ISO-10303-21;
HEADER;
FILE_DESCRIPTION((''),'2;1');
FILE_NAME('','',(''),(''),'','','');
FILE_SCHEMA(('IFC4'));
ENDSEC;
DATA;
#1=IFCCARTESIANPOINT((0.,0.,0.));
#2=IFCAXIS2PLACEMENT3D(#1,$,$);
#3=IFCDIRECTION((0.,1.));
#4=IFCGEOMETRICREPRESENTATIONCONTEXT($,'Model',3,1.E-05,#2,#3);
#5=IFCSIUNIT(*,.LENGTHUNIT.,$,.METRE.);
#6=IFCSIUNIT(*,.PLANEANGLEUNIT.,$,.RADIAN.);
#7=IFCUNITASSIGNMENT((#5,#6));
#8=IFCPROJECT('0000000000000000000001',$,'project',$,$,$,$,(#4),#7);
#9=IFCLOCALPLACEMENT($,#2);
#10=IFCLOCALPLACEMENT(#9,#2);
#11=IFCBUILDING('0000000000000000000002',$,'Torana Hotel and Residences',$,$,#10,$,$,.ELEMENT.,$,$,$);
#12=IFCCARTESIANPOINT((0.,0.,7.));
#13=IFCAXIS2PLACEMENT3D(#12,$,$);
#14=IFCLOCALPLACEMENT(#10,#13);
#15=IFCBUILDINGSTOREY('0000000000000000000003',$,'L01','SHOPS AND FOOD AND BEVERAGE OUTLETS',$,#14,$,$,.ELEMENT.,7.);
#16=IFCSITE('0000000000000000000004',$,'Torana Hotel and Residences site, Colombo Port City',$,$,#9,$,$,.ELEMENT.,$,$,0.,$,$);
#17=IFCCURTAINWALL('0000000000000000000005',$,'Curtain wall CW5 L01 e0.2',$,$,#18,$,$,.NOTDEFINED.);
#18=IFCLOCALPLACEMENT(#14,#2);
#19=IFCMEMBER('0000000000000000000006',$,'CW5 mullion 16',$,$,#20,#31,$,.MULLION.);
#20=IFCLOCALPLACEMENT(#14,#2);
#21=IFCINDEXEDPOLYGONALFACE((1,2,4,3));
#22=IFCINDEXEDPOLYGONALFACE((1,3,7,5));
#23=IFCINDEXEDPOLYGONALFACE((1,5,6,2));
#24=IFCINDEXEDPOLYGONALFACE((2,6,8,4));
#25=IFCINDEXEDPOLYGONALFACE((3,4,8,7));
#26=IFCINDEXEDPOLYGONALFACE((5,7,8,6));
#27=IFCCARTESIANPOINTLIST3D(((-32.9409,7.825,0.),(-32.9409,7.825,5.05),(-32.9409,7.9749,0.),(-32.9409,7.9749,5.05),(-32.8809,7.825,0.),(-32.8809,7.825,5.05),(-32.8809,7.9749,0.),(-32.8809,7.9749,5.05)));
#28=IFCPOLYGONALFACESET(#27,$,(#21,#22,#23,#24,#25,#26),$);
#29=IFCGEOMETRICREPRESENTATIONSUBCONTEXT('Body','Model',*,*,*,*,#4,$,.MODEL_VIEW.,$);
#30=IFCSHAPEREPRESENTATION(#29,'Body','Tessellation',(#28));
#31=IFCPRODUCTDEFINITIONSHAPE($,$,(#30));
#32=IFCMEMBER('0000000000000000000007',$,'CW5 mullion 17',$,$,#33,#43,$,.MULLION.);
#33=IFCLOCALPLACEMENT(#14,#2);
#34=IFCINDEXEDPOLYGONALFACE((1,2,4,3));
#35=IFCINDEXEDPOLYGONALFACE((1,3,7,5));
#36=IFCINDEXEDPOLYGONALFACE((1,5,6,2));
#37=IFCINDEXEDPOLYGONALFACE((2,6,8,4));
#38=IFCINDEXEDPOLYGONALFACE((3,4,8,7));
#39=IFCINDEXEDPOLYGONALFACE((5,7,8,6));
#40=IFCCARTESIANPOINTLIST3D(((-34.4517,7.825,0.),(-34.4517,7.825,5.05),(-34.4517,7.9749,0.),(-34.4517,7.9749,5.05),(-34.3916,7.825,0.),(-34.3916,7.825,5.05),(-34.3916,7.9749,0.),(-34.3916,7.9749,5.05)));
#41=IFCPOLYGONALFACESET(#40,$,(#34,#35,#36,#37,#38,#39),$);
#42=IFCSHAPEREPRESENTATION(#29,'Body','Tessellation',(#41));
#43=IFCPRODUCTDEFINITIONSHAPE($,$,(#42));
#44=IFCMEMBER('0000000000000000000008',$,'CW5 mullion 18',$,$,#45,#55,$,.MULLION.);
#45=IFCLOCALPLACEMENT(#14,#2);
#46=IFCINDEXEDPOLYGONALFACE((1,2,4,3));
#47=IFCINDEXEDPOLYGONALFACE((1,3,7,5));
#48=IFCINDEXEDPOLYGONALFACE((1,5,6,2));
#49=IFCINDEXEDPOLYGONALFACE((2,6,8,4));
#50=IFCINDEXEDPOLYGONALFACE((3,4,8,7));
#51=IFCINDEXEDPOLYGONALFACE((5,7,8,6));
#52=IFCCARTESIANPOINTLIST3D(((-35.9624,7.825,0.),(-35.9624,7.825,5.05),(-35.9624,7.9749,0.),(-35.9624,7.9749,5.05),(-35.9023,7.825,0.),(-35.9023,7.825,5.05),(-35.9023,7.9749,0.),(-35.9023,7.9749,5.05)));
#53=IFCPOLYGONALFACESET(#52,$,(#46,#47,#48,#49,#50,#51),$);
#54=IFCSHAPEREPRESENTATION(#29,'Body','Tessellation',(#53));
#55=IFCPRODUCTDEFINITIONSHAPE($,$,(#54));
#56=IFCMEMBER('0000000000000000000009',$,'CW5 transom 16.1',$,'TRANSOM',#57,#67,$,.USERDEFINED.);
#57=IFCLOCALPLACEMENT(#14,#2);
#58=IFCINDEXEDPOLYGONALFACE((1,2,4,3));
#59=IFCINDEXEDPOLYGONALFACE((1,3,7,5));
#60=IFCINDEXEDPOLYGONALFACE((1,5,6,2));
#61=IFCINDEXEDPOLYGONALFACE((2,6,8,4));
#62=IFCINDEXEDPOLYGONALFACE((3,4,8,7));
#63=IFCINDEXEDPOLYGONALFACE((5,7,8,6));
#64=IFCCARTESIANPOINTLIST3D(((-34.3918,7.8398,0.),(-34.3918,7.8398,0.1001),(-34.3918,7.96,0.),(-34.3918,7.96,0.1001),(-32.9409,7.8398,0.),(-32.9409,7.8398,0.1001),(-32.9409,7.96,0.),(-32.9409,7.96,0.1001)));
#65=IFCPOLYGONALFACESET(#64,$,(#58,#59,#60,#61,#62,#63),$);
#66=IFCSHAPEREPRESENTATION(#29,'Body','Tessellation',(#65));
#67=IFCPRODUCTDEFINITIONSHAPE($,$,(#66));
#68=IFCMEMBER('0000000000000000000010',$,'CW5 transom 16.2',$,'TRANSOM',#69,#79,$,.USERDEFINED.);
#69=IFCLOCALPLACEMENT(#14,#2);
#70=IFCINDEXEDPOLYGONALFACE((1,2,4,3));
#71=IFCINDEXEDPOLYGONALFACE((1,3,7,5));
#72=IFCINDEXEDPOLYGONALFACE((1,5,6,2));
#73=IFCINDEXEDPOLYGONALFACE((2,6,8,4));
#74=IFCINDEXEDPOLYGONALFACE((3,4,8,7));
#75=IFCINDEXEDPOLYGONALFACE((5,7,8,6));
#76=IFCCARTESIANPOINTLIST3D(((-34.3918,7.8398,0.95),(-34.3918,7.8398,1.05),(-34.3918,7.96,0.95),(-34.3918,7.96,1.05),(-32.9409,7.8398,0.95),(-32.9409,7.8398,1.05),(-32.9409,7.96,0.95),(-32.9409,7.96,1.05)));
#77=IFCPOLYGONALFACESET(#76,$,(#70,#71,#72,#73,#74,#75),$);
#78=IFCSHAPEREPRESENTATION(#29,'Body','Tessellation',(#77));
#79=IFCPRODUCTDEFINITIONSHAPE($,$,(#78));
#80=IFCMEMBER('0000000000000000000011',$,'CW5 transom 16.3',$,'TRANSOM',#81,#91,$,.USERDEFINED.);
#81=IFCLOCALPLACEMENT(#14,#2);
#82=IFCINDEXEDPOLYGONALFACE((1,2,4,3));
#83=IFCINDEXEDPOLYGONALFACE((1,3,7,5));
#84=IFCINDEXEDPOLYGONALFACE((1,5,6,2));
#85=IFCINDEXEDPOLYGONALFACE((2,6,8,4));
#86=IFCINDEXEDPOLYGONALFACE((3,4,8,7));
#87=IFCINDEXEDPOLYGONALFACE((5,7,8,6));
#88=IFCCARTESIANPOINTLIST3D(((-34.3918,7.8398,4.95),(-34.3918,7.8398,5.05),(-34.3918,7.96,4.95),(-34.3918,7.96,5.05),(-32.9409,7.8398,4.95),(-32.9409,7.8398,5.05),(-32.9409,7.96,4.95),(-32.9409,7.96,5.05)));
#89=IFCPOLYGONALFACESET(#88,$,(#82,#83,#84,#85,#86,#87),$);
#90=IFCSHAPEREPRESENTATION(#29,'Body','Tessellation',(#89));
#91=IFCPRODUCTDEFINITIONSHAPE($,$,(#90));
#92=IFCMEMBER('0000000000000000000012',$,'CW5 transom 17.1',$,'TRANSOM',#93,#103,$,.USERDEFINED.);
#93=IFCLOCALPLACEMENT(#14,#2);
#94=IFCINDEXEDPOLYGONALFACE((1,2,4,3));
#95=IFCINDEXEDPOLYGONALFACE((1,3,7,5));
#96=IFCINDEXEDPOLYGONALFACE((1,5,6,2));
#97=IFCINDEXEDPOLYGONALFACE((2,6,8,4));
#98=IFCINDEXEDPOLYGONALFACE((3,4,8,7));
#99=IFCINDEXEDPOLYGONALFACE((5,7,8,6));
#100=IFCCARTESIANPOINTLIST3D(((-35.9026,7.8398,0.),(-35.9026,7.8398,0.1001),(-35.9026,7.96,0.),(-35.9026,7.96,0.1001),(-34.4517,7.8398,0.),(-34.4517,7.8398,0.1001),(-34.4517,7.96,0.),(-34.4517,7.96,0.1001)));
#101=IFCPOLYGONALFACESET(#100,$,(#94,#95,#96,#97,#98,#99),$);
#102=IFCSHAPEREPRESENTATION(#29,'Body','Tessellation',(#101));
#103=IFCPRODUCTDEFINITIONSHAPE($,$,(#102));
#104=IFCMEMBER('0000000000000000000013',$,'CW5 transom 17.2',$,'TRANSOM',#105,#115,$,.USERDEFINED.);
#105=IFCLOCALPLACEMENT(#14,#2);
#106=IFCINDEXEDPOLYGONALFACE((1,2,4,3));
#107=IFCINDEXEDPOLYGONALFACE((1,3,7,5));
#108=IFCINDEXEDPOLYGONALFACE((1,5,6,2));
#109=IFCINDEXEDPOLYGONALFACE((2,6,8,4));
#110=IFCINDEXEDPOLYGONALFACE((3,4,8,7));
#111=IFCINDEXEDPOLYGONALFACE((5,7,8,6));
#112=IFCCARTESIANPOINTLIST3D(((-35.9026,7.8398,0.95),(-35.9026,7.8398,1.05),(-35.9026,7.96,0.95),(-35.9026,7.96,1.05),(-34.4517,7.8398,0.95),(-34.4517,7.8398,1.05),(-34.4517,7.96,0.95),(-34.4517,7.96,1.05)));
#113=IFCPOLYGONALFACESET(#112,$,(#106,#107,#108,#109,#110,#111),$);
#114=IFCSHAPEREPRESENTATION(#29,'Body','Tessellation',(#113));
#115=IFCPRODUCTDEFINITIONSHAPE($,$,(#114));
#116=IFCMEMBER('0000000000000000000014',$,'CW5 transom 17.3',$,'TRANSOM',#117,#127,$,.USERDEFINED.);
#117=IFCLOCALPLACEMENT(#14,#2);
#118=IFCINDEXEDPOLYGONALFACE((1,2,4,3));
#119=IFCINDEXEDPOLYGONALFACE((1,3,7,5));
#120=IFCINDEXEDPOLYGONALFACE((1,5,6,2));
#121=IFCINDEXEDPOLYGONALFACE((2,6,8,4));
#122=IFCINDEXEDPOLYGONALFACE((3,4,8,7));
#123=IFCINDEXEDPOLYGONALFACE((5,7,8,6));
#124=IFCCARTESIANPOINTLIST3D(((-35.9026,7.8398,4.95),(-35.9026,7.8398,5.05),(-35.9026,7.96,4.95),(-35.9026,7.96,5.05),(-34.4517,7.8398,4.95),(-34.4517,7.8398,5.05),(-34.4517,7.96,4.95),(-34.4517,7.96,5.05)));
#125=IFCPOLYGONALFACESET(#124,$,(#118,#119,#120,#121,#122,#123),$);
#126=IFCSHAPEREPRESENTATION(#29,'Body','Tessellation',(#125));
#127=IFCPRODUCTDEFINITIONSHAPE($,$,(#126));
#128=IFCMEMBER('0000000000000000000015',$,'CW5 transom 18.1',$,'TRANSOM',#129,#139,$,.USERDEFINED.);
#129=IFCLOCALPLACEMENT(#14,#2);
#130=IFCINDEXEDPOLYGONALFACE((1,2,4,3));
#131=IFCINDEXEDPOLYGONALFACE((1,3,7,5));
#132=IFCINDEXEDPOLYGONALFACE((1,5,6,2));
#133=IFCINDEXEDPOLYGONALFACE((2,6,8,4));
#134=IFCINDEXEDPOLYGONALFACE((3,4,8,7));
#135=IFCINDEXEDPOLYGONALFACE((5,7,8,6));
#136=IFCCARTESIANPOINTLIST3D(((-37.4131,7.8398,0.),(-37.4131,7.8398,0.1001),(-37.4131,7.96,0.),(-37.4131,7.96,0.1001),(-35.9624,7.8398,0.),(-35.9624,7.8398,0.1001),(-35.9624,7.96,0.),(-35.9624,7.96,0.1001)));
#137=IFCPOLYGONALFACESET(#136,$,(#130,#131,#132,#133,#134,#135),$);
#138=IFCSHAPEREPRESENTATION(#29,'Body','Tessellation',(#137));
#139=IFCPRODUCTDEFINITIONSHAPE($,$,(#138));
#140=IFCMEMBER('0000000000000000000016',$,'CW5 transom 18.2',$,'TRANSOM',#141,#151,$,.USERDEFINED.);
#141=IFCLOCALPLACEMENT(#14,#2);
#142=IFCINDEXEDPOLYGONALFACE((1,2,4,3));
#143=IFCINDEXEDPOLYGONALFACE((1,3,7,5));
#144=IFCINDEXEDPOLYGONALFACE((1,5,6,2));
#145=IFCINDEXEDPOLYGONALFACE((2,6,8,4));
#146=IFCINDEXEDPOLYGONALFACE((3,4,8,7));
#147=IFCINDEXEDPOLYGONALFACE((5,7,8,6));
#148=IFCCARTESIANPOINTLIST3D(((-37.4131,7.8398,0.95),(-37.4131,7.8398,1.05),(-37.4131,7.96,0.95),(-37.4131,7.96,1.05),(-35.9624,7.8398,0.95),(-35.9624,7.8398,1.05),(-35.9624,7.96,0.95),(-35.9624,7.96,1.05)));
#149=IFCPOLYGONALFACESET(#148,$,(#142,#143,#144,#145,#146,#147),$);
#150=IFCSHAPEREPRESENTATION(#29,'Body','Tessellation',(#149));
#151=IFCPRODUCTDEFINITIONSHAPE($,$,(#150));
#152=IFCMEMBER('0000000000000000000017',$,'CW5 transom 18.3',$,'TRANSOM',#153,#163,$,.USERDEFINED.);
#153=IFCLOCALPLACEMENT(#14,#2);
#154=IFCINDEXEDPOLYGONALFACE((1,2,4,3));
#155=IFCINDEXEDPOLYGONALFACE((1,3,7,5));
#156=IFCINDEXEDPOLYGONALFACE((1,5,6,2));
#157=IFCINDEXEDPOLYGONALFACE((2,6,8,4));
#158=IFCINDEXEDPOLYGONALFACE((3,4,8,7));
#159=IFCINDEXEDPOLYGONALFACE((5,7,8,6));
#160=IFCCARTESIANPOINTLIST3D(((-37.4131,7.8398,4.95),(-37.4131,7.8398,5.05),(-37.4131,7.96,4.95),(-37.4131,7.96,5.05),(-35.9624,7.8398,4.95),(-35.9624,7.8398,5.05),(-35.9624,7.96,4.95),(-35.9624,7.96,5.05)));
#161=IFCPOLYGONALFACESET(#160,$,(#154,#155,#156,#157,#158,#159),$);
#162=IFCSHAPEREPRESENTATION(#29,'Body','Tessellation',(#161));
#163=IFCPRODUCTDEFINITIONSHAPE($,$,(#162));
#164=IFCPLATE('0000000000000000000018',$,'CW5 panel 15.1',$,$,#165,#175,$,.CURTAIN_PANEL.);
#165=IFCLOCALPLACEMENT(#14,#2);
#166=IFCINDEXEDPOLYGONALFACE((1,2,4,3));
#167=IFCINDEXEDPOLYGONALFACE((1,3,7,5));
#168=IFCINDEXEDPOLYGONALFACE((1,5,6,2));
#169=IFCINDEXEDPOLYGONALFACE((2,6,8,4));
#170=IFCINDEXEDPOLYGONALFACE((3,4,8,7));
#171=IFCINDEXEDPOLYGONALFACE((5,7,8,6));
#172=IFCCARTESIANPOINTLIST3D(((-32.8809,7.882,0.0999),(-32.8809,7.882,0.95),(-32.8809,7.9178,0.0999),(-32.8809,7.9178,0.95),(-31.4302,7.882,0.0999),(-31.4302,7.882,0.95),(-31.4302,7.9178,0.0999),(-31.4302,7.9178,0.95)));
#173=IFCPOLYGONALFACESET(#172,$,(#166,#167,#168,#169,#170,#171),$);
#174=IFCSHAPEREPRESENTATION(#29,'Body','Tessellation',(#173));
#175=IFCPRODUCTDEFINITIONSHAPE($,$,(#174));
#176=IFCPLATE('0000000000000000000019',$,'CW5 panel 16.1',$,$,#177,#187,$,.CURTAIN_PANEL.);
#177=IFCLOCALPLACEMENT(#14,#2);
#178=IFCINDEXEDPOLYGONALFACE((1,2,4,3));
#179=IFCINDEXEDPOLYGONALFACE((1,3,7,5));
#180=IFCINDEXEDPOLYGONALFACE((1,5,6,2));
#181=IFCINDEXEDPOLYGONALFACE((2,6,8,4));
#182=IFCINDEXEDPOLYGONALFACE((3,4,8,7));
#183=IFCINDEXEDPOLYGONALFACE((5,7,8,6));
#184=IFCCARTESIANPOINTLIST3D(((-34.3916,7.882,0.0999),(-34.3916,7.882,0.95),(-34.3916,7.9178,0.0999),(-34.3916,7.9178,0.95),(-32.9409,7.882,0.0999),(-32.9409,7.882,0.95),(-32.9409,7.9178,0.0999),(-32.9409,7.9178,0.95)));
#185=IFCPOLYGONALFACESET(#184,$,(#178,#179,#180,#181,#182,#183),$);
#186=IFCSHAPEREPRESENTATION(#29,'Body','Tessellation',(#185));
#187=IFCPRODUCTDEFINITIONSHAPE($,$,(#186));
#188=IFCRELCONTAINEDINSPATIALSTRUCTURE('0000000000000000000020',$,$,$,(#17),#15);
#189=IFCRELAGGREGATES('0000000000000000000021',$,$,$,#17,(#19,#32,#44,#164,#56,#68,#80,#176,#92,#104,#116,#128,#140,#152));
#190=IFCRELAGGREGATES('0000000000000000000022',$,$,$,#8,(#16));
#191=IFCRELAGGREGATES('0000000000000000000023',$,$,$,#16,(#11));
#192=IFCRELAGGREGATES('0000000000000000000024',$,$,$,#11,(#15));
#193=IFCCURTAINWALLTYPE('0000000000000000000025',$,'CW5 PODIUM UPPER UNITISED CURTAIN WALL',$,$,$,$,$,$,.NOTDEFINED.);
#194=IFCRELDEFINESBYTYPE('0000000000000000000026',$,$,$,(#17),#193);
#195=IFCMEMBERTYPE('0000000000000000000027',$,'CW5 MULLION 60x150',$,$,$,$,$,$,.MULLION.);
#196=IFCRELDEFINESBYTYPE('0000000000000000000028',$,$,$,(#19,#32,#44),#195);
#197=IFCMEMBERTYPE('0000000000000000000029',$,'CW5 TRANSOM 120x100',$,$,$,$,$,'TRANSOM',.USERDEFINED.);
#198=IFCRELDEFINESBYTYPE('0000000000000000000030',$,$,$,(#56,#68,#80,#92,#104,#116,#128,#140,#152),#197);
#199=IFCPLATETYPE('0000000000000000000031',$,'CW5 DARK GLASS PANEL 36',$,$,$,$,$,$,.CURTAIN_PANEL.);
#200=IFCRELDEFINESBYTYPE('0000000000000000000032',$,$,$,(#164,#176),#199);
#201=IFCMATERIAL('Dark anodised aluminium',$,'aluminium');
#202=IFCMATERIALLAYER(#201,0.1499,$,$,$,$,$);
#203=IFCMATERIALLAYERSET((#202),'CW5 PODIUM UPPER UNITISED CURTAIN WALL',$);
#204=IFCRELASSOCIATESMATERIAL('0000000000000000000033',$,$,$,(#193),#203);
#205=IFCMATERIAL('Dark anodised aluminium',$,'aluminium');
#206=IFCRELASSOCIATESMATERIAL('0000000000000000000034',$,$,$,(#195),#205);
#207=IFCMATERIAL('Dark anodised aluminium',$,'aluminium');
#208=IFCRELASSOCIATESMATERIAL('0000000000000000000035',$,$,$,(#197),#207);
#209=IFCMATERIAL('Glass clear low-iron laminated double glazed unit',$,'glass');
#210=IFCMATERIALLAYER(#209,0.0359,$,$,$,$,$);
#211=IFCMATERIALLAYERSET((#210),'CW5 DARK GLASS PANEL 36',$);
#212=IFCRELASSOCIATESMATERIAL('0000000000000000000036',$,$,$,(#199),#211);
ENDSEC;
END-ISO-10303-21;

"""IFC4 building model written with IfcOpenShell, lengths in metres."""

from ifc_helpers import new_model, si_unit, direction, frame, origin, origin_2d, place, context, subcontext, project, spatial, rectangle, extrude, material, layer, layer_set, material_profile, profile_set, type_object, element, aggregate, save


model = new_model("IFC4")

# Units and contexts
model_context = context("Model", 3, precision=1e-05, world=origin(), true_north=direction((0.0, 1.0)))
body_context = subcontext(model_context, "Body", "Model", "MODEL_VIEW")
ifc_project = project(units=[si_unit("LENGTHUNIT", "METRE"), si_unit("PLANEANGLEUNIT", "RADIAN")], contexts=[model_context])

# Site, building, storey
site_placement = place(None, origin())
site = spatial("IfcSite", under=ifc_project, at=site_placement, Name="Torana Hotel and Residences site, Colombo Port City", CompositionType="ELEMENT", RefElevation=0.0)
building_placement = place(site_placement, origin())
building = spatial("IfcBuilding", under=site, at=building_placement, Name="Torana Hotel and Residences", CompositionType="ELEMENT")
storey_placement = place(building_placement, frame((0.0, 0.0, 7.0)))
storey = spatial("IfcBuildingStorey", under=building, at=storey_placement, Name="L01", Description="SHOPS AND FOOD AND BEVERAGE OUTLETS", CompositionType="ELEMENT", Elevation=7.0)

# Curtain wall, members, plates
ifc_material_1 = material(Name="Dark anodised aluminium", Category="aluminium")
ifc_layer_1 = layer(ifc_material_1, 0.1499)
ifc_layer_set_1 = layer_set([ifc_layer_1], Name="CW5 PODIUM UPPER UNITISED CURTAIN WALL")
curtain_wall_type = type_object("IfcCurtainWallType", Name="CW5 PODIUM UPPER UNITISED CURTAIN WALL", PredefinedType="NOTDEFINED", material=ifc_layer_set_1)
curtain_wall_placement = place(storey_placement, origin())
curtain_wall = element("IfcCurtainWall", 1, at=curtain_wall_placement, inside=storey, type_object=curtain_wall_type, Name="Curtain wall CW5 L01 e0.2", PredefinedType="NOTDEFINED")
ifc_material_2 = material(Name="Dark anodised aluminium", Category="aluminium")
ifc_material_profile_1 = material_profile(ifc_material_2, rectangle(XDim=0.1499, YDim=0.0601, at=origin_2d()), Name="CW5 MULLION 60x150")
ifc_profile_set_1 = profile_set([ifc_material_profile_1], Name="Dark anodised aluminium")
member_type_1 = type_object("IfcMemberType", Name="CW5 MULLION 60x150", PredefinedType="MULLION", material=ifc_profile_set_1)
member_1_placement = place(storey_placement, frame((-32.9109, 7.8999, 0.0), z_axis=(0.0, 0.0, 1.0), x_axis=(0.0, -1.0, 0.0)))
member_1 = element("IfcMember", 2, at=member_1_placement, type_object=member_type_1, Name="CW5 mullion 16", PredefinedType="MULLION", context=body_context, shape_type="SweptSolid", body=[
    extrude(rectangle(XDim=0.1499, YDim=0.0601, at=origin_2d()), origin(), (0.0, 0.0, 1.0), 5.05),
])
member_2_placement = place(storey_placement, frame((-34.4216, 7.8999, 0.0), z_axis=(0.0, 0.0, 1.0), x_axis=(0.0, -1.0, 0.0)))
member_2 = element("IfcMember", 3, at=member_2_placement, type_object=member_type_1, Name="CW5 mullion 17", PredefinedType="MULLION", context=body_context, shape_type="SweptSolid", body=[
    extrude(rectangle(XDim=0.1499, YDim=0.0601, at=origin_2d()), origin(), (0.0, 0.0, 1.0), 5.05),
])
member_3_placement = place(storey_placement, frame((-35.9324, 7.8999, 0.0), z_axis=(0.0, 0.0, 1.0), x_axis=(0.0, -1.0, 0.0)))
member_3 = element("IfcMember", 4, at=member_3_placement, type_object=member_type_1, Name="CW5 mullion 18", PredefinedType="MULLION", context=body_context, shape_type="SweptSolid", body=[
    extrude(rectangle(XDim=0.1499, YDim=0.0601, at=origin_2d()), origin(), (0.0, 0.0, 1.0), 5.05),
])
ifc_material_3 = material(Name="Dark anodised aluminium", Category="aluminium")
ifc_material_profile_2 = material_profile(ifc_material_3, rectangle(XDim=0.1201, YDim=0.1001, at=origin_2d()), Name="CW5 TRANSOM 120x100")
ifc_profile_set_2 = profile_set([ifc_material_profile_2], Name="Dark anodised aluminium")
member_type_2 = type_object("IfcMemberType", Name="CW5 TRANSOM 120x100", ElementType="TRANSOM", PredefinedType="USERDEFINED", material=ifc_profile_set_2)
member_4_placement = place(storey_placement, frame((-32.9409, 7.8999, 0.05), z_axis=(-1.0, 0.0, 0.0), x_axis=(0.0, -1.0, 0.0)))
member_4 = element("IfcMember", 5, at=member_4_placement, type_object=member_type_2, Name="CW5 transom 16.1", ObjectType="TRANSOM", PredefinedType="USERDEFINED", context=body_context, shape_type="SweptSolid", body=[
    extrude(rectangle(XDim=0.1201, YDim=0.1001, at=origin_2d()), origin(), (0.0, 0.0, 1.0), 1.4509),
])
member_5_placement = place(storey_placement, frame((-32.9409, 7.8999, 1.0), z_axis=(-1.0, 0.0, 0.0), x_axis=(0.0, -1.0, 0.0)))
member_5 = element("IfcMember", 6, at=member_5_placement, type_object=member_type_2, Name="CW5 transom 16.2", ObjectType="TRANSOM", PredefinedType="USERDEFINED", context=body_context, shape_type="SweptSolid", body=[
    extrude(rectangle(XDim=0.1201, YDim=0.1001, at=origin_2d()), origin(), (0.0, 0.0, 1.0), 1.4509),
])
member_6_placement = place(storey_placement, frame((-32.9409, 7.8999, 5.0), z_axis=(-1.0, 0.0, 0.0), x_axis=(0.0, -1.0, 0.0)))
member_6 = element("IfcMember", 7, at=member_6_placement, type_object=member_type_2, Name="CW5 transom 16.3", ObjectType="TRANSOM", PredefinedType="USERDEFINED", context=body_context, shape_type="SweptSolid", body=[
    extrude(rectangle(XDim=0.1201, YDim=0.1001, at=origin_2d()), origin(), (0.0, 0.0, 1.0), 1.4509),
])
member_7_placement = place(storey_placement, frame((-34.4517, 7.8999, 0.05), z_axis=(-1.0, 0.0, 0.0), x_axis=(0.0, -1.0, 0.0)))
member_7 = element("IfcMember", 8, at=member_7_placement, type_object=member_type_2, Name="CW5 transom 17.1", ObjectType="TRANSOM", PredefinedType="USERDEFINED", context=body_context, shape_type="SweptSolid", body=[
    extrude(rectangle(XDim=0.1201, YDim=0.1001, at=origin_2d()), origin(), (0.0, 0.0, 1.0), 1.4509),
])
member_8_placement = place(storey_placement, frame((-34.4517, 7.8999, 1.0), z_axis=(-1.0, 0.0, 0.0), x_axis=(0.0, -1.0, 0.0)))
member_8 = element("IfcMember", 9, at=member_8_placement, type_object=member_type_2, Name="CW5 transom 17.2", ObjectType="TRANSOM", PredefinedType="USERDEFINED", context=body_context, shape_type="SweptSolid", body=[
    extrude(rectangle(XDim=0.1201, YDim=0.1001, at=origin_2d()), origin(), (0.0, 0.0, 1.0), 1.4509),
])
member_9_placement = place(storey_placement, frame((-34.4517, 7.8999, 5.0), z_axis=(-1.0, 0.0, 0.0), x_axis=(0.0, -1.0, 0.0)))
member_9 = element("IfcMember", 10, at=member_9_placement, type_object=member_type_2, Name="CW5 transom 17.3", ObjectType="TRANSOM", PredefinedType="USERDEFINED", context=body_context, shape_type="SweptSolid", body=[
    extrude(rectangle(XDim=0.1201, YDim=0.1001, at=origin_2d()), origin(), (0.0, 0.0, 1.0), 1.4509),
])
member_10_placement = place(storey_placement, frame((-35.9624, 7.8999, 0.05), z_axis=(-1.0, 0.0, 0.0), x_axis=(0.0, -1.0, 0.0)))
member_10 = element("IfcMember", 11, at=member_10_placement, type_object=member_type_2, Name="CW5 transom 18.1", ObjectType="TRANSOM", PredefinedType="USERDEFINED", context=body_context, shape_type="SweptSolid", body=[
    extrude(rectangle(XDim=0.1201, YDim=0.1001, at=origin_2d()), origin(), (0.0, 0.0, 1.0), 1.4507),
])
member_11_placement = place(storey_placement, frame((-35.9624, 7.8999, 1.0), z_axis=(-1.0, 0.0, 0.0), x_axis=(0.0, -1.0, 0.0)))
member_11 = element("IfcMember", 12, at=member_11_placement, type_object=member_type_2, Name="CW5 transom 18.2", ObjectType="TRANSOM", PredefinedType="USERDEFINED", context=body_context, shape_type="SweptSolid", body=[
    extrude(rectangle(XDim=0.1201, YDim=0.1001, at=origin_2d()), origin(), (0.0, 0.0, 1.0), 1.4507),
])
member_12_placement = place(storey_placement, frame((-35.9624, 7.8999, 5.0), z_axis=(-1.0, 0.0, 0.0), x_axis=(0.0, -1.0, 0.0)))
member_12 = element("IfcMember", 13, at=member_12_placement, type_object=member_type_2, Name="CW5 transom 18.3", ObjectType="TRANSOM", PredefinedType="USERDEFINED", context=body_context, shape_type="SweptSolid", body=[
    extrude(rectangle(XDim=0.1201, YDim=0.1001, at=origin_2d()), origin(), (0.0, 0.0, 1.0), 1.4507),
])
ifc_material_4 = material(Name="Glass clear low-iron laminated double glazed unit", Category="glass")
ifc_layer_2 = layer(ifc_material_4, 0.0359)
ifc_layer_set_2 = layer_set([ifc_layer_2], Name="CW5 DARK GLASS PANEL 36")
plate_type = type_object("IfcPlateType", Name="CW5 DARK GLASS PANEL 36", PredefinedType="CURTAIN_PANEL", material=ifc_layer_set_2)
plate_1_placement = place(storey_placement, frame((-32.1555, 7.8999, 0.0999), z_axis=(0.0, 0.0, 1.0), x_axis=(-1.0, 0.0, 0.0)))
plate_1 = element("IfcPlate", 14, at=plate_1_placement, type_object=plate_type, Name="CW5 panel 15.1", PredefinedType="CURTAIN_PANEL", context=body_context, shape_type="SweptSolid", body=[
    extrude(rectangle(XDim=1.4507, YDim=0.0359, at=origin_2d()), origin(), (0.0, 0.0, 1.0), 0.8501),
])
plate_2_placement = place(storey_placement, frame((-33.6663, 7.8999, 0.0999), z_axis=(0.0, 0.0, 1.0), x_axis=(-1.0, 0.0, 0.0)))
plate_2 = element("IfcPlate", 15, at=plate_2_placement, type_object=plate_type, Name="CW5 panel 16.1", PredefinedType="CURTAIN_PANEL", context=body_context, shape_type="SweptSolid", body=[
    extrude(rectangle(XDim=1.4507, YDim=0.0359, at=origin_2d()), origin(), (0.0, 0.0, 1.0), 0.8501),
])
aggregate(curtain_wall, [member_1, member_2, member_3, plate_1, member_4, member_5, member_6, plate_2, member_7, member_8, member_9, member_10, member_11, member_12])

save(model, "model.ifc")
